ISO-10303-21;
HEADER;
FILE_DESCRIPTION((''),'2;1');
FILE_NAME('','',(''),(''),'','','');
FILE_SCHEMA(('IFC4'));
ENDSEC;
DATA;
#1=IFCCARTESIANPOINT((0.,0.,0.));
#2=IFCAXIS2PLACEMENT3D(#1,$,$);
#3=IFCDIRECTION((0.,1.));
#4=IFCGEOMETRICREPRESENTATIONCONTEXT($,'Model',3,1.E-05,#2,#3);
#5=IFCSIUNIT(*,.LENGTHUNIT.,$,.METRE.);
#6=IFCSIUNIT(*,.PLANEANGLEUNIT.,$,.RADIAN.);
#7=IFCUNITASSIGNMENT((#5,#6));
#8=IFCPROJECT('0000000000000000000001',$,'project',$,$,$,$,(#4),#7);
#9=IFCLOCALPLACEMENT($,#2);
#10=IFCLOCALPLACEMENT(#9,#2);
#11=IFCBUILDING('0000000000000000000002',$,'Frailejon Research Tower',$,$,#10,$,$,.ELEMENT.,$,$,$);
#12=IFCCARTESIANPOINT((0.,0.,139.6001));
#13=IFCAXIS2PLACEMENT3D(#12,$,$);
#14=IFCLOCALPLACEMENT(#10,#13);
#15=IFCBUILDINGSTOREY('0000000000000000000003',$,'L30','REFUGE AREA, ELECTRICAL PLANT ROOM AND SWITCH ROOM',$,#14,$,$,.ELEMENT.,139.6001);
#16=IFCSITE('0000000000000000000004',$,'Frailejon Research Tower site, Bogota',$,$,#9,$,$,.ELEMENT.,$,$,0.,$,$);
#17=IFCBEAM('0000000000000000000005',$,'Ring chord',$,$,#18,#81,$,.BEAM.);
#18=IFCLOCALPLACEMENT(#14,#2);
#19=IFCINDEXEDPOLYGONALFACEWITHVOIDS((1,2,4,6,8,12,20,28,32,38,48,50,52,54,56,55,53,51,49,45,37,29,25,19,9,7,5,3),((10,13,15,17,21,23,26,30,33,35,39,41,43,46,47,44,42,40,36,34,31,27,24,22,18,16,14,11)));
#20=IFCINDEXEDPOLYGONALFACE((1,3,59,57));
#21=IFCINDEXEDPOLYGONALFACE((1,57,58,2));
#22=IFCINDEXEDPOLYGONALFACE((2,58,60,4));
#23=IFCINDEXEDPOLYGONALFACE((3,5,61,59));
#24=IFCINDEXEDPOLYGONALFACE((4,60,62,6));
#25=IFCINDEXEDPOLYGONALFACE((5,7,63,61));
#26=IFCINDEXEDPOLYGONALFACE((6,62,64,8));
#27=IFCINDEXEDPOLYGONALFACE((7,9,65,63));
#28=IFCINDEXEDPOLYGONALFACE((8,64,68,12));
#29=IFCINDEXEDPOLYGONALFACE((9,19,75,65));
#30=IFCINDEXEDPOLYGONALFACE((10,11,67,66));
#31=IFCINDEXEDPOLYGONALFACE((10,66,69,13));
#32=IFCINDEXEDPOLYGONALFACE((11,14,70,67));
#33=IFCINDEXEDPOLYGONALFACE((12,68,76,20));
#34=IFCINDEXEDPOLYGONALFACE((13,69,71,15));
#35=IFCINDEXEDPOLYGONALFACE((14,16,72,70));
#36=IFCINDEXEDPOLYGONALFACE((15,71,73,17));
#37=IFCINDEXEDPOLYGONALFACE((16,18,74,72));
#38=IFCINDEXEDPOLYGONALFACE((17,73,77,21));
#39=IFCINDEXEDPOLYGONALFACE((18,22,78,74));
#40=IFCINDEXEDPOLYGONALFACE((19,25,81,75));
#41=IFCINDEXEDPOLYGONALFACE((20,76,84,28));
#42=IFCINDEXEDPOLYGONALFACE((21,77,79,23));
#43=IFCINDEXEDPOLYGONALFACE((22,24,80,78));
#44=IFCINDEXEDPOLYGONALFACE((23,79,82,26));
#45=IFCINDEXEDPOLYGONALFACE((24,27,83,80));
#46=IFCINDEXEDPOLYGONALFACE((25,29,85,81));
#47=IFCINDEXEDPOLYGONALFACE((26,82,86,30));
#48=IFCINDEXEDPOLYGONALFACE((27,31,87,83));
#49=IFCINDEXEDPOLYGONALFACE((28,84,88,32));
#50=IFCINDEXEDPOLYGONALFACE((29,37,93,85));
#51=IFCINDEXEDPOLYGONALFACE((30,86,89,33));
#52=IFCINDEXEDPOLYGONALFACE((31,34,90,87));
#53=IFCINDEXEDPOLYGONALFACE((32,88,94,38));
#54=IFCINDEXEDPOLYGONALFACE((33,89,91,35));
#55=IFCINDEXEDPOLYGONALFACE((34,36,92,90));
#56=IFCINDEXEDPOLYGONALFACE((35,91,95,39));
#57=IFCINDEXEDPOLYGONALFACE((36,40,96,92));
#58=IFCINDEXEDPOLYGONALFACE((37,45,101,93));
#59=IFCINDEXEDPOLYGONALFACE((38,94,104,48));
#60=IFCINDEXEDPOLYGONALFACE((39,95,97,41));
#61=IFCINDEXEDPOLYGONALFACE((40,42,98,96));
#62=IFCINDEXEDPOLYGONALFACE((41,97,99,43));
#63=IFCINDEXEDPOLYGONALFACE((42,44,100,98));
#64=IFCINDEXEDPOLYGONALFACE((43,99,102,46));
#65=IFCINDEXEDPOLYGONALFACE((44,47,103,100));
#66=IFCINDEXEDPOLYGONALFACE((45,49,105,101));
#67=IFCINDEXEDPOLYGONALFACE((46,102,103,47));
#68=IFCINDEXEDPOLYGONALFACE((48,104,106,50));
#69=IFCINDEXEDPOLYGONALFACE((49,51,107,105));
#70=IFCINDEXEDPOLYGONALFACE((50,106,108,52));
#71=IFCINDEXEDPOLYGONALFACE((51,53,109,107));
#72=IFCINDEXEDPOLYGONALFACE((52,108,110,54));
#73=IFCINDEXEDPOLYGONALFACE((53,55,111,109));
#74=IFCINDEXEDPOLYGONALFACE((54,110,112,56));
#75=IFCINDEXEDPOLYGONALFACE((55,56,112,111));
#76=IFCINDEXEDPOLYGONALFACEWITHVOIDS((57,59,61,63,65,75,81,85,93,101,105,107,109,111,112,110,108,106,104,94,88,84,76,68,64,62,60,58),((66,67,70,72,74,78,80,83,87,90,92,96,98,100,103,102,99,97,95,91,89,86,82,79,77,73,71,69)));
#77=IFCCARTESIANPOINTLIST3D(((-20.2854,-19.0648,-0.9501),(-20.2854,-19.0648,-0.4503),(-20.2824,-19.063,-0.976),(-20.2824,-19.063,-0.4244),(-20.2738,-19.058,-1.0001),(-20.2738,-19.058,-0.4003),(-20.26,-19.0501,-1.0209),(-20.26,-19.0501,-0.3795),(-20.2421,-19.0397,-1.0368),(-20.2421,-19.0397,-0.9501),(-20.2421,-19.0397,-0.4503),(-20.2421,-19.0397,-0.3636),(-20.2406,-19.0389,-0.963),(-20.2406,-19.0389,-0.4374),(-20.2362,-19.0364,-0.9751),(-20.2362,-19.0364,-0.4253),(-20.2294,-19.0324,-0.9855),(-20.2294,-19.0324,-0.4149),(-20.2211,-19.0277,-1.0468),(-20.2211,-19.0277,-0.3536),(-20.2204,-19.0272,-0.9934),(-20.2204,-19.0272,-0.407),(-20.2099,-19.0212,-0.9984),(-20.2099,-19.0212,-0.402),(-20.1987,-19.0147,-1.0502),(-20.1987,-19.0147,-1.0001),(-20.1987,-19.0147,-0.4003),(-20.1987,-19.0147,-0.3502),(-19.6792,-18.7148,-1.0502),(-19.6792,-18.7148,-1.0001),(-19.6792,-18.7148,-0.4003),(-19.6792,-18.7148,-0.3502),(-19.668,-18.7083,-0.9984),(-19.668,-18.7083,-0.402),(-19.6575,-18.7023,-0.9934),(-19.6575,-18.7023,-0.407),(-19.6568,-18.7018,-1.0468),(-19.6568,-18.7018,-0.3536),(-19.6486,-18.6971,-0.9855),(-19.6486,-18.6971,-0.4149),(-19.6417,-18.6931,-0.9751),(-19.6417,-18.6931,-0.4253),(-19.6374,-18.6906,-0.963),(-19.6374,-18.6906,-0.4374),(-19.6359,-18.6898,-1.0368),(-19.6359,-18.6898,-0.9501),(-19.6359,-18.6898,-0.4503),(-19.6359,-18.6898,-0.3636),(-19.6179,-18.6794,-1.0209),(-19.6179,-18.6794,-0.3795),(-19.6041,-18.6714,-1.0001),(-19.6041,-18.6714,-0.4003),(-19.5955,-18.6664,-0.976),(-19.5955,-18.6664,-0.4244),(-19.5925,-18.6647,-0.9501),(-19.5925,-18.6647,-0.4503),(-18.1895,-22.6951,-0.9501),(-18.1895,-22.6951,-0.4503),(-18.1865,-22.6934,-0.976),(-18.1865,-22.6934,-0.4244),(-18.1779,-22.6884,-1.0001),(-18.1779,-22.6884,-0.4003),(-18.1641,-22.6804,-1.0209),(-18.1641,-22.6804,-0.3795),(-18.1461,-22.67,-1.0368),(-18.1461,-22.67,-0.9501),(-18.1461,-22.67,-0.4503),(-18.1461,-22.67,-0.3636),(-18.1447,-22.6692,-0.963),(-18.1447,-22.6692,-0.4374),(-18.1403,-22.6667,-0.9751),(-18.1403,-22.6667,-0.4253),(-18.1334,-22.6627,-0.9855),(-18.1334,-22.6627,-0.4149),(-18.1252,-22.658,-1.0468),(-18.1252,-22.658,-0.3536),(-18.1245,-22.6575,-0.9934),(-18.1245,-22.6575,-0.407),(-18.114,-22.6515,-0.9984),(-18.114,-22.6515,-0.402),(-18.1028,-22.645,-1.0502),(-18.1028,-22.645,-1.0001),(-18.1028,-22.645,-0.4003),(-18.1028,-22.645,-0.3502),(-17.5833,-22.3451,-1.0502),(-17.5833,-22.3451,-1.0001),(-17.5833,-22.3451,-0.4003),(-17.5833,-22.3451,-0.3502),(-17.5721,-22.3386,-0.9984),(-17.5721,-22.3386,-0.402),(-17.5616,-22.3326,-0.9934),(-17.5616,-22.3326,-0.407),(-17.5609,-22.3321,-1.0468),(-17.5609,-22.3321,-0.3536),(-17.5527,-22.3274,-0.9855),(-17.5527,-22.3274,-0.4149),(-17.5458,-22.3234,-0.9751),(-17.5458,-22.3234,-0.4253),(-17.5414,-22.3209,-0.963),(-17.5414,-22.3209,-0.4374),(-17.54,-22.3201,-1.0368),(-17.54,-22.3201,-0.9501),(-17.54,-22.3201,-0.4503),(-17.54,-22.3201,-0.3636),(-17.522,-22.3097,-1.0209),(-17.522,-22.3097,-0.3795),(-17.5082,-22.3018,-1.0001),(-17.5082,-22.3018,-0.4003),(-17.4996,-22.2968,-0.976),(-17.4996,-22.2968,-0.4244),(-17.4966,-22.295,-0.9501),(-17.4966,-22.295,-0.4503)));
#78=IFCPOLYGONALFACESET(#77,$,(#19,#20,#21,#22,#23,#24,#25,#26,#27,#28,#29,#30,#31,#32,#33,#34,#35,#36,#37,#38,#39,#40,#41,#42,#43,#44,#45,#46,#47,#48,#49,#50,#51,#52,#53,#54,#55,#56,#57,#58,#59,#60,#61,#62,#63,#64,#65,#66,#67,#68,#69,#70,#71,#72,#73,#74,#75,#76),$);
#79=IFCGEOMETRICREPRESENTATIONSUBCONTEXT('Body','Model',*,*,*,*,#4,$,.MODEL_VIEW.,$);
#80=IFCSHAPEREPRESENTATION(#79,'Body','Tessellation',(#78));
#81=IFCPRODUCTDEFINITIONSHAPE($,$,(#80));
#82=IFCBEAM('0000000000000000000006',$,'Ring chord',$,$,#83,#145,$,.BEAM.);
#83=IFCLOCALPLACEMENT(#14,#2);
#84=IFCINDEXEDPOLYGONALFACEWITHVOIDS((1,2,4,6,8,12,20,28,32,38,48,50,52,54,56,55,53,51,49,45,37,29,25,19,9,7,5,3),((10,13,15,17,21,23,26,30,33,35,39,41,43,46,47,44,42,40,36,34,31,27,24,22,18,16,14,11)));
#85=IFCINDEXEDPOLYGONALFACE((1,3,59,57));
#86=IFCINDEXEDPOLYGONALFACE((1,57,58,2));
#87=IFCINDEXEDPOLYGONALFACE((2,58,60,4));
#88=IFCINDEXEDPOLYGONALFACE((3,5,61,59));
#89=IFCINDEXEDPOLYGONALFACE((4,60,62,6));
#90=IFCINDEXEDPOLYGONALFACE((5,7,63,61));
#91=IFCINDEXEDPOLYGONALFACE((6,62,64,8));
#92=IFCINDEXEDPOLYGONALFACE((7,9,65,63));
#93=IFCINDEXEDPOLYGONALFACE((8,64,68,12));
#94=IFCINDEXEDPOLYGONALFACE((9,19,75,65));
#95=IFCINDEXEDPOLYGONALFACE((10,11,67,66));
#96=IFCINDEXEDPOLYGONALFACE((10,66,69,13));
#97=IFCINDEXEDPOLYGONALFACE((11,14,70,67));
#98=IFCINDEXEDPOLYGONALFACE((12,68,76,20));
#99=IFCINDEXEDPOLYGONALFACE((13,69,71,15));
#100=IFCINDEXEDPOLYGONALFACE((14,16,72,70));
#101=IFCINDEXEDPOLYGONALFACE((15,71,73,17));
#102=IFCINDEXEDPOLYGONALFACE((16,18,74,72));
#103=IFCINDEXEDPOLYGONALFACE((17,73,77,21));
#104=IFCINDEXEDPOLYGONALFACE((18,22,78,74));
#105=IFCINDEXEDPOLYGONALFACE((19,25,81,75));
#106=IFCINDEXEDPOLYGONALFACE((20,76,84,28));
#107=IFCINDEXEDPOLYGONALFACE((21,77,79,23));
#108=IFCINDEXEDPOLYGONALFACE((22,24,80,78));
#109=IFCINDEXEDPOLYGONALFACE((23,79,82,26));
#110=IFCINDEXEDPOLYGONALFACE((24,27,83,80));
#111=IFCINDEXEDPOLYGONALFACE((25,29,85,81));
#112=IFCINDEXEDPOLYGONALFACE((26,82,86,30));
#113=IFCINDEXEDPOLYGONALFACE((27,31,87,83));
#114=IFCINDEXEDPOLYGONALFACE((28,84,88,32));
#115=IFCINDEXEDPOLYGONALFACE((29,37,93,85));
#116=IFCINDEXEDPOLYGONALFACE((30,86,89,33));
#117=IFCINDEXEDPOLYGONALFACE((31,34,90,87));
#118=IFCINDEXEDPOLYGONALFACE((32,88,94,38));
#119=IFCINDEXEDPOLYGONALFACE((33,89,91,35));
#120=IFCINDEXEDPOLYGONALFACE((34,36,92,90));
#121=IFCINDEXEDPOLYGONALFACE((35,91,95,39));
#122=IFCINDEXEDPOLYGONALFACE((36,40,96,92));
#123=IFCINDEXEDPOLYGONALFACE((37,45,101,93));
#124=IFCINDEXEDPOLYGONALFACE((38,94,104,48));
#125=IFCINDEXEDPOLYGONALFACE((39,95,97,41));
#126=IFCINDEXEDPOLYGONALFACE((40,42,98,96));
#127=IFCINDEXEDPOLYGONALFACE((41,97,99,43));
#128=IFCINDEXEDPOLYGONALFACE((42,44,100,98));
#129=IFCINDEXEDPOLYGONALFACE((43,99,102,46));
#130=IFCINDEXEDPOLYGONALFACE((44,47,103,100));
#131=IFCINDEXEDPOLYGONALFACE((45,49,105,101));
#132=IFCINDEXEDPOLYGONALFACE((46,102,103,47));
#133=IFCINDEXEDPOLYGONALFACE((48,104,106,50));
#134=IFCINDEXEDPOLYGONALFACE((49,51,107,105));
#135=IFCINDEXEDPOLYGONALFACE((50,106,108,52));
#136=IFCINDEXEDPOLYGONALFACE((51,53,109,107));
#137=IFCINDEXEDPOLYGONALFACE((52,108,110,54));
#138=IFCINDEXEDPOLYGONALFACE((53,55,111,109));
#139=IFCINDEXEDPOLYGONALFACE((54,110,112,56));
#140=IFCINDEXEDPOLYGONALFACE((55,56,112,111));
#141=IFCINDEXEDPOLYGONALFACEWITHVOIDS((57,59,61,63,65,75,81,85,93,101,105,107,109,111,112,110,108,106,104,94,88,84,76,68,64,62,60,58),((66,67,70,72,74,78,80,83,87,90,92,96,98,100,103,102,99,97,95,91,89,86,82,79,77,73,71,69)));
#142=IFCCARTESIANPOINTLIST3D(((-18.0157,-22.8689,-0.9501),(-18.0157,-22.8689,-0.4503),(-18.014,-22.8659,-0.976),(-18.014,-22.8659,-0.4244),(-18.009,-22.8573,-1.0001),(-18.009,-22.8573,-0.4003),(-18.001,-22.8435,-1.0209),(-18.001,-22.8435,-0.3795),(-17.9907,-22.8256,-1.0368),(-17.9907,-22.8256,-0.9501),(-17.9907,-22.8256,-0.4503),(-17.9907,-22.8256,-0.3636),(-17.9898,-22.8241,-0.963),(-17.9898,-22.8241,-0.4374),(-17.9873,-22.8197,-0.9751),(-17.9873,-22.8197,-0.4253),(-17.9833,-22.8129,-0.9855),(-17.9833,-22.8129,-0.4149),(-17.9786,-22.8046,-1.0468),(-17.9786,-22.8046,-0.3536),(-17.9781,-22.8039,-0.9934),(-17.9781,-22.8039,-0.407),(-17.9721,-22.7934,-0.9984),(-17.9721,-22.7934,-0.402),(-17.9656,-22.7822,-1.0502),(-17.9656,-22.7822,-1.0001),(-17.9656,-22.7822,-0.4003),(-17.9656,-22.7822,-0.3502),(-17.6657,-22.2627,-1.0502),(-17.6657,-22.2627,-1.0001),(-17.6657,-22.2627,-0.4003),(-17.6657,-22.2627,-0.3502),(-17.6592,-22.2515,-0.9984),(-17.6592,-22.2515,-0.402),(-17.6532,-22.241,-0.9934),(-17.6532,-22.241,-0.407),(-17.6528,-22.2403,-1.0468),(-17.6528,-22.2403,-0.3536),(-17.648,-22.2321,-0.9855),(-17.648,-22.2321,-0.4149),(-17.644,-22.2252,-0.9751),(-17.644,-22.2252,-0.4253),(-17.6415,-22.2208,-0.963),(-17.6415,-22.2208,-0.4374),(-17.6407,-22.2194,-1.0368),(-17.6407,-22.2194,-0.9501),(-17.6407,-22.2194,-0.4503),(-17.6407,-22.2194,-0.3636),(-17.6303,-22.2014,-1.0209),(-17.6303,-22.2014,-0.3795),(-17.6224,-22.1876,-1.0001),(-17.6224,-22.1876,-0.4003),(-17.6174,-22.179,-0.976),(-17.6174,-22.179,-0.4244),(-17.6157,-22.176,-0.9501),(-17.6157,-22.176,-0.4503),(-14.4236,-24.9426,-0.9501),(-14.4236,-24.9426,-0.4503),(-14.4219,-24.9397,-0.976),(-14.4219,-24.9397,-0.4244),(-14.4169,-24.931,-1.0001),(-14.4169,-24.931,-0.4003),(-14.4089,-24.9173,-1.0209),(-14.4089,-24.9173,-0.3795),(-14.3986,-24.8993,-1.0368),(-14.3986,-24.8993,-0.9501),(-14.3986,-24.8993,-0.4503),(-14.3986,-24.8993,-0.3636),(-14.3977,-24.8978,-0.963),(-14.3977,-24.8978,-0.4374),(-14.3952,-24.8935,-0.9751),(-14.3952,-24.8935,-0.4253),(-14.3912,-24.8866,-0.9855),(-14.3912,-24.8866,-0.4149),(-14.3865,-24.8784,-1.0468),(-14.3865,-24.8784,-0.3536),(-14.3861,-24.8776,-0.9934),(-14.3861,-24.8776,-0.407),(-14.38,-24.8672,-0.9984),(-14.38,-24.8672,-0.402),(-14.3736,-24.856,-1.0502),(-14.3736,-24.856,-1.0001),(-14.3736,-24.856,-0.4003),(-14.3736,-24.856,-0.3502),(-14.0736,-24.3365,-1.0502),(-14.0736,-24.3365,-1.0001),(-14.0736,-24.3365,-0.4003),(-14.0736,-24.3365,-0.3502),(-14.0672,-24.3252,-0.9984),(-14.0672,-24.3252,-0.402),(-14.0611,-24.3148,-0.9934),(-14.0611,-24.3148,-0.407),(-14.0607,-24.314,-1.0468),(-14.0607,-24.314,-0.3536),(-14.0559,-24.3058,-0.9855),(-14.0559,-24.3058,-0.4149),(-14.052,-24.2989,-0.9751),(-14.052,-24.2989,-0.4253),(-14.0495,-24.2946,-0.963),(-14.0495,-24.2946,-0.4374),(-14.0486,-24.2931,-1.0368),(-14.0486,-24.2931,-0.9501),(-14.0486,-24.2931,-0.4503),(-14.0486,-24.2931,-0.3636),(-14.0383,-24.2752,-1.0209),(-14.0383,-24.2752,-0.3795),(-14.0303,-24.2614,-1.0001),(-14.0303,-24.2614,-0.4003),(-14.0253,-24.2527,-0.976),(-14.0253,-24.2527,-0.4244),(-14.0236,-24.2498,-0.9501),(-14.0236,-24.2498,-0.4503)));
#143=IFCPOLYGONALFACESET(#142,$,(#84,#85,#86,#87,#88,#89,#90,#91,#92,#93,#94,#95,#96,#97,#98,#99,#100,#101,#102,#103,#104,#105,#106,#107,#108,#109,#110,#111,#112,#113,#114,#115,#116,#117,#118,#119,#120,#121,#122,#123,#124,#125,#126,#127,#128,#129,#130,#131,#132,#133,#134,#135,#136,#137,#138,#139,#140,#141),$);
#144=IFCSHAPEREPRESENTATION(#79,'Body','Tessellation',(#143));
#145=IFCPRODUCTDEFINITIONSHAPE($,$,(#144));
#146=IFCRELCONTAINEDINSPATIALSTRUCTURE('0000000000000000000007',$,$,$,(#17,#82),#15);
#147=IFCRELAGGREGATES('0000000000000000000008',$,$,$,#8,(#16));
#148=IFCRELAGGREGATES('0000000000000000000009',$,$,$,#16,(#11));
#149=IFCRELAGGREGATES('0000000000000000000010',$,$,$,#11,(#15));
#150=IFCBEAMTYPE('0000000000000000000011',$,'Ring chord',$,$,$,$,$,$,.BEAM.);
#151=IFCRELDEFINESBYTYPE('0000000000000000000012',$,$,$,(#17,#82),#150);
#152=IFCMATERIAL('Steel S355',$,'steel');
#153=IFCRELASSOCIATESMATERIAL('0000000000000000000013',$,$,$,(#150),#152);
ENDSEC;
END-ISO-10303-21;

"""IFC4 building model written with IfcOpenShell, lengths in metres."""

from ifc_helpers import new_model, si_unit, direction, frame, origin, origin_2d, place, context, subcontext, project, spatial, hollow_rectangle, extrude, material, material_profile, profile_set, type_object, element, save


model = new_model("IFC4")

# Units and contexts
model_context = context("Model", 3, precision=1e-05, world=origin(), true_north=direction((0.0, 1.0)))
body_context = subcontext(model_context, "Body", "Model", "MODEL_VIEW")
ifc_project = project(units=[si_unit("LENGTHUNIT", "METRE"), si_unit("PLANEANGLEUNIT", "RADIAN")], contexts=[model_context])

# Site, building, storey
site_placement = place(None, origin())
site = spatial("IfcSite", under=ifc_project, at=site_placement, Name="Frailejon Research Tower site, Bogota", CompositionType="ELEMENT", RefElevation=0.0)
building_placement = place(site_placement, origin())
building = spatial("IfcBuilding", under=site, at=building_placement, Name="Frailejon Research Tower", CompositionType="ELEMENT")
storey_placement = place(building_placement, frame((0.0, 0.0, 139.6001)))
storey = spatial("IfcBuildingStorey", under=building, at=storey_placement, Name="L30", Description="REFUGE AREA, ELECTRICAL PLANT ROOM AND SWITCH ROOM", CompositionType="ELEMENT", Elevation=139.6001)

# Beams
ifc_material_1 = material(Name="Steel S355", Category="steel")
ifc_material_profile_1 = material_profile(ifc_material_1, hollow_rectangle(XDim=0.8, YDim=0.7, WallThickness=0.05, InnerFilletRadius=0.05, OuterFilletRadius=0.1001, at=origin_2d()), Name="Ring chord")
ifc_profile_set_1 = profile_set([ifc_material_profile_1], Name="Steel S355")
beam_type_1 = type_object("IfcBeamType", Name="Ring chord", PredefinedType="BEAM", material=ifc_profile_set_1)
for number, where, z_axis, x_axis, name in (
    (1, (-19.939, -18.8647, -0.7002), (0.499991, -0.86603, 0.0), (0.86603, 0.499991, 0.0), "Ring chord"),
):
    element("IfcBeam", number, at=place(storey_placement, frame(where, z_axis=z_axis, x_axis=x_axis)), inside=storey, type_object=beam_type_1, Name=name, PredefinedType="BEAM", context=body_context, shape_type="SweptSolid", body=[
        extrude(hollow_rectangle(XDim=0.8, YDim=0.7, WallThickness=0.05, InnerFilletRadius=0.05, OuterFilletRadius=0.1001, at=origin_2d()), origin(), (0.0, 0.0, 1.0), 4.1919),
    ])
beam_1_placement = place(storey_placement, frame((-17.8157, -22.5225, -0.7002), z_axis=(0.86604, -0.499976, 0.0), x_axis=(0.499976, 0.86604, 0.0)))
element("IfcBeam", 2, at=beam_1_placement, inside=storey, type_object=beam_type_1, Name="Ring chord", PredefinedType="BEAM", context=body_context, shape_type="SweptSolid", body=[
    extrude(hollow_rectangle(XDim=0.8, YDim=0.7, WallThickness=0.05, InnerFilletRadius=0.05, OuterFilletRadius=0.1001, at=origin_2d()), origin(), (0.0, 0.0, 1.0), 4.1477),
])

save(model, "model.ifc")
